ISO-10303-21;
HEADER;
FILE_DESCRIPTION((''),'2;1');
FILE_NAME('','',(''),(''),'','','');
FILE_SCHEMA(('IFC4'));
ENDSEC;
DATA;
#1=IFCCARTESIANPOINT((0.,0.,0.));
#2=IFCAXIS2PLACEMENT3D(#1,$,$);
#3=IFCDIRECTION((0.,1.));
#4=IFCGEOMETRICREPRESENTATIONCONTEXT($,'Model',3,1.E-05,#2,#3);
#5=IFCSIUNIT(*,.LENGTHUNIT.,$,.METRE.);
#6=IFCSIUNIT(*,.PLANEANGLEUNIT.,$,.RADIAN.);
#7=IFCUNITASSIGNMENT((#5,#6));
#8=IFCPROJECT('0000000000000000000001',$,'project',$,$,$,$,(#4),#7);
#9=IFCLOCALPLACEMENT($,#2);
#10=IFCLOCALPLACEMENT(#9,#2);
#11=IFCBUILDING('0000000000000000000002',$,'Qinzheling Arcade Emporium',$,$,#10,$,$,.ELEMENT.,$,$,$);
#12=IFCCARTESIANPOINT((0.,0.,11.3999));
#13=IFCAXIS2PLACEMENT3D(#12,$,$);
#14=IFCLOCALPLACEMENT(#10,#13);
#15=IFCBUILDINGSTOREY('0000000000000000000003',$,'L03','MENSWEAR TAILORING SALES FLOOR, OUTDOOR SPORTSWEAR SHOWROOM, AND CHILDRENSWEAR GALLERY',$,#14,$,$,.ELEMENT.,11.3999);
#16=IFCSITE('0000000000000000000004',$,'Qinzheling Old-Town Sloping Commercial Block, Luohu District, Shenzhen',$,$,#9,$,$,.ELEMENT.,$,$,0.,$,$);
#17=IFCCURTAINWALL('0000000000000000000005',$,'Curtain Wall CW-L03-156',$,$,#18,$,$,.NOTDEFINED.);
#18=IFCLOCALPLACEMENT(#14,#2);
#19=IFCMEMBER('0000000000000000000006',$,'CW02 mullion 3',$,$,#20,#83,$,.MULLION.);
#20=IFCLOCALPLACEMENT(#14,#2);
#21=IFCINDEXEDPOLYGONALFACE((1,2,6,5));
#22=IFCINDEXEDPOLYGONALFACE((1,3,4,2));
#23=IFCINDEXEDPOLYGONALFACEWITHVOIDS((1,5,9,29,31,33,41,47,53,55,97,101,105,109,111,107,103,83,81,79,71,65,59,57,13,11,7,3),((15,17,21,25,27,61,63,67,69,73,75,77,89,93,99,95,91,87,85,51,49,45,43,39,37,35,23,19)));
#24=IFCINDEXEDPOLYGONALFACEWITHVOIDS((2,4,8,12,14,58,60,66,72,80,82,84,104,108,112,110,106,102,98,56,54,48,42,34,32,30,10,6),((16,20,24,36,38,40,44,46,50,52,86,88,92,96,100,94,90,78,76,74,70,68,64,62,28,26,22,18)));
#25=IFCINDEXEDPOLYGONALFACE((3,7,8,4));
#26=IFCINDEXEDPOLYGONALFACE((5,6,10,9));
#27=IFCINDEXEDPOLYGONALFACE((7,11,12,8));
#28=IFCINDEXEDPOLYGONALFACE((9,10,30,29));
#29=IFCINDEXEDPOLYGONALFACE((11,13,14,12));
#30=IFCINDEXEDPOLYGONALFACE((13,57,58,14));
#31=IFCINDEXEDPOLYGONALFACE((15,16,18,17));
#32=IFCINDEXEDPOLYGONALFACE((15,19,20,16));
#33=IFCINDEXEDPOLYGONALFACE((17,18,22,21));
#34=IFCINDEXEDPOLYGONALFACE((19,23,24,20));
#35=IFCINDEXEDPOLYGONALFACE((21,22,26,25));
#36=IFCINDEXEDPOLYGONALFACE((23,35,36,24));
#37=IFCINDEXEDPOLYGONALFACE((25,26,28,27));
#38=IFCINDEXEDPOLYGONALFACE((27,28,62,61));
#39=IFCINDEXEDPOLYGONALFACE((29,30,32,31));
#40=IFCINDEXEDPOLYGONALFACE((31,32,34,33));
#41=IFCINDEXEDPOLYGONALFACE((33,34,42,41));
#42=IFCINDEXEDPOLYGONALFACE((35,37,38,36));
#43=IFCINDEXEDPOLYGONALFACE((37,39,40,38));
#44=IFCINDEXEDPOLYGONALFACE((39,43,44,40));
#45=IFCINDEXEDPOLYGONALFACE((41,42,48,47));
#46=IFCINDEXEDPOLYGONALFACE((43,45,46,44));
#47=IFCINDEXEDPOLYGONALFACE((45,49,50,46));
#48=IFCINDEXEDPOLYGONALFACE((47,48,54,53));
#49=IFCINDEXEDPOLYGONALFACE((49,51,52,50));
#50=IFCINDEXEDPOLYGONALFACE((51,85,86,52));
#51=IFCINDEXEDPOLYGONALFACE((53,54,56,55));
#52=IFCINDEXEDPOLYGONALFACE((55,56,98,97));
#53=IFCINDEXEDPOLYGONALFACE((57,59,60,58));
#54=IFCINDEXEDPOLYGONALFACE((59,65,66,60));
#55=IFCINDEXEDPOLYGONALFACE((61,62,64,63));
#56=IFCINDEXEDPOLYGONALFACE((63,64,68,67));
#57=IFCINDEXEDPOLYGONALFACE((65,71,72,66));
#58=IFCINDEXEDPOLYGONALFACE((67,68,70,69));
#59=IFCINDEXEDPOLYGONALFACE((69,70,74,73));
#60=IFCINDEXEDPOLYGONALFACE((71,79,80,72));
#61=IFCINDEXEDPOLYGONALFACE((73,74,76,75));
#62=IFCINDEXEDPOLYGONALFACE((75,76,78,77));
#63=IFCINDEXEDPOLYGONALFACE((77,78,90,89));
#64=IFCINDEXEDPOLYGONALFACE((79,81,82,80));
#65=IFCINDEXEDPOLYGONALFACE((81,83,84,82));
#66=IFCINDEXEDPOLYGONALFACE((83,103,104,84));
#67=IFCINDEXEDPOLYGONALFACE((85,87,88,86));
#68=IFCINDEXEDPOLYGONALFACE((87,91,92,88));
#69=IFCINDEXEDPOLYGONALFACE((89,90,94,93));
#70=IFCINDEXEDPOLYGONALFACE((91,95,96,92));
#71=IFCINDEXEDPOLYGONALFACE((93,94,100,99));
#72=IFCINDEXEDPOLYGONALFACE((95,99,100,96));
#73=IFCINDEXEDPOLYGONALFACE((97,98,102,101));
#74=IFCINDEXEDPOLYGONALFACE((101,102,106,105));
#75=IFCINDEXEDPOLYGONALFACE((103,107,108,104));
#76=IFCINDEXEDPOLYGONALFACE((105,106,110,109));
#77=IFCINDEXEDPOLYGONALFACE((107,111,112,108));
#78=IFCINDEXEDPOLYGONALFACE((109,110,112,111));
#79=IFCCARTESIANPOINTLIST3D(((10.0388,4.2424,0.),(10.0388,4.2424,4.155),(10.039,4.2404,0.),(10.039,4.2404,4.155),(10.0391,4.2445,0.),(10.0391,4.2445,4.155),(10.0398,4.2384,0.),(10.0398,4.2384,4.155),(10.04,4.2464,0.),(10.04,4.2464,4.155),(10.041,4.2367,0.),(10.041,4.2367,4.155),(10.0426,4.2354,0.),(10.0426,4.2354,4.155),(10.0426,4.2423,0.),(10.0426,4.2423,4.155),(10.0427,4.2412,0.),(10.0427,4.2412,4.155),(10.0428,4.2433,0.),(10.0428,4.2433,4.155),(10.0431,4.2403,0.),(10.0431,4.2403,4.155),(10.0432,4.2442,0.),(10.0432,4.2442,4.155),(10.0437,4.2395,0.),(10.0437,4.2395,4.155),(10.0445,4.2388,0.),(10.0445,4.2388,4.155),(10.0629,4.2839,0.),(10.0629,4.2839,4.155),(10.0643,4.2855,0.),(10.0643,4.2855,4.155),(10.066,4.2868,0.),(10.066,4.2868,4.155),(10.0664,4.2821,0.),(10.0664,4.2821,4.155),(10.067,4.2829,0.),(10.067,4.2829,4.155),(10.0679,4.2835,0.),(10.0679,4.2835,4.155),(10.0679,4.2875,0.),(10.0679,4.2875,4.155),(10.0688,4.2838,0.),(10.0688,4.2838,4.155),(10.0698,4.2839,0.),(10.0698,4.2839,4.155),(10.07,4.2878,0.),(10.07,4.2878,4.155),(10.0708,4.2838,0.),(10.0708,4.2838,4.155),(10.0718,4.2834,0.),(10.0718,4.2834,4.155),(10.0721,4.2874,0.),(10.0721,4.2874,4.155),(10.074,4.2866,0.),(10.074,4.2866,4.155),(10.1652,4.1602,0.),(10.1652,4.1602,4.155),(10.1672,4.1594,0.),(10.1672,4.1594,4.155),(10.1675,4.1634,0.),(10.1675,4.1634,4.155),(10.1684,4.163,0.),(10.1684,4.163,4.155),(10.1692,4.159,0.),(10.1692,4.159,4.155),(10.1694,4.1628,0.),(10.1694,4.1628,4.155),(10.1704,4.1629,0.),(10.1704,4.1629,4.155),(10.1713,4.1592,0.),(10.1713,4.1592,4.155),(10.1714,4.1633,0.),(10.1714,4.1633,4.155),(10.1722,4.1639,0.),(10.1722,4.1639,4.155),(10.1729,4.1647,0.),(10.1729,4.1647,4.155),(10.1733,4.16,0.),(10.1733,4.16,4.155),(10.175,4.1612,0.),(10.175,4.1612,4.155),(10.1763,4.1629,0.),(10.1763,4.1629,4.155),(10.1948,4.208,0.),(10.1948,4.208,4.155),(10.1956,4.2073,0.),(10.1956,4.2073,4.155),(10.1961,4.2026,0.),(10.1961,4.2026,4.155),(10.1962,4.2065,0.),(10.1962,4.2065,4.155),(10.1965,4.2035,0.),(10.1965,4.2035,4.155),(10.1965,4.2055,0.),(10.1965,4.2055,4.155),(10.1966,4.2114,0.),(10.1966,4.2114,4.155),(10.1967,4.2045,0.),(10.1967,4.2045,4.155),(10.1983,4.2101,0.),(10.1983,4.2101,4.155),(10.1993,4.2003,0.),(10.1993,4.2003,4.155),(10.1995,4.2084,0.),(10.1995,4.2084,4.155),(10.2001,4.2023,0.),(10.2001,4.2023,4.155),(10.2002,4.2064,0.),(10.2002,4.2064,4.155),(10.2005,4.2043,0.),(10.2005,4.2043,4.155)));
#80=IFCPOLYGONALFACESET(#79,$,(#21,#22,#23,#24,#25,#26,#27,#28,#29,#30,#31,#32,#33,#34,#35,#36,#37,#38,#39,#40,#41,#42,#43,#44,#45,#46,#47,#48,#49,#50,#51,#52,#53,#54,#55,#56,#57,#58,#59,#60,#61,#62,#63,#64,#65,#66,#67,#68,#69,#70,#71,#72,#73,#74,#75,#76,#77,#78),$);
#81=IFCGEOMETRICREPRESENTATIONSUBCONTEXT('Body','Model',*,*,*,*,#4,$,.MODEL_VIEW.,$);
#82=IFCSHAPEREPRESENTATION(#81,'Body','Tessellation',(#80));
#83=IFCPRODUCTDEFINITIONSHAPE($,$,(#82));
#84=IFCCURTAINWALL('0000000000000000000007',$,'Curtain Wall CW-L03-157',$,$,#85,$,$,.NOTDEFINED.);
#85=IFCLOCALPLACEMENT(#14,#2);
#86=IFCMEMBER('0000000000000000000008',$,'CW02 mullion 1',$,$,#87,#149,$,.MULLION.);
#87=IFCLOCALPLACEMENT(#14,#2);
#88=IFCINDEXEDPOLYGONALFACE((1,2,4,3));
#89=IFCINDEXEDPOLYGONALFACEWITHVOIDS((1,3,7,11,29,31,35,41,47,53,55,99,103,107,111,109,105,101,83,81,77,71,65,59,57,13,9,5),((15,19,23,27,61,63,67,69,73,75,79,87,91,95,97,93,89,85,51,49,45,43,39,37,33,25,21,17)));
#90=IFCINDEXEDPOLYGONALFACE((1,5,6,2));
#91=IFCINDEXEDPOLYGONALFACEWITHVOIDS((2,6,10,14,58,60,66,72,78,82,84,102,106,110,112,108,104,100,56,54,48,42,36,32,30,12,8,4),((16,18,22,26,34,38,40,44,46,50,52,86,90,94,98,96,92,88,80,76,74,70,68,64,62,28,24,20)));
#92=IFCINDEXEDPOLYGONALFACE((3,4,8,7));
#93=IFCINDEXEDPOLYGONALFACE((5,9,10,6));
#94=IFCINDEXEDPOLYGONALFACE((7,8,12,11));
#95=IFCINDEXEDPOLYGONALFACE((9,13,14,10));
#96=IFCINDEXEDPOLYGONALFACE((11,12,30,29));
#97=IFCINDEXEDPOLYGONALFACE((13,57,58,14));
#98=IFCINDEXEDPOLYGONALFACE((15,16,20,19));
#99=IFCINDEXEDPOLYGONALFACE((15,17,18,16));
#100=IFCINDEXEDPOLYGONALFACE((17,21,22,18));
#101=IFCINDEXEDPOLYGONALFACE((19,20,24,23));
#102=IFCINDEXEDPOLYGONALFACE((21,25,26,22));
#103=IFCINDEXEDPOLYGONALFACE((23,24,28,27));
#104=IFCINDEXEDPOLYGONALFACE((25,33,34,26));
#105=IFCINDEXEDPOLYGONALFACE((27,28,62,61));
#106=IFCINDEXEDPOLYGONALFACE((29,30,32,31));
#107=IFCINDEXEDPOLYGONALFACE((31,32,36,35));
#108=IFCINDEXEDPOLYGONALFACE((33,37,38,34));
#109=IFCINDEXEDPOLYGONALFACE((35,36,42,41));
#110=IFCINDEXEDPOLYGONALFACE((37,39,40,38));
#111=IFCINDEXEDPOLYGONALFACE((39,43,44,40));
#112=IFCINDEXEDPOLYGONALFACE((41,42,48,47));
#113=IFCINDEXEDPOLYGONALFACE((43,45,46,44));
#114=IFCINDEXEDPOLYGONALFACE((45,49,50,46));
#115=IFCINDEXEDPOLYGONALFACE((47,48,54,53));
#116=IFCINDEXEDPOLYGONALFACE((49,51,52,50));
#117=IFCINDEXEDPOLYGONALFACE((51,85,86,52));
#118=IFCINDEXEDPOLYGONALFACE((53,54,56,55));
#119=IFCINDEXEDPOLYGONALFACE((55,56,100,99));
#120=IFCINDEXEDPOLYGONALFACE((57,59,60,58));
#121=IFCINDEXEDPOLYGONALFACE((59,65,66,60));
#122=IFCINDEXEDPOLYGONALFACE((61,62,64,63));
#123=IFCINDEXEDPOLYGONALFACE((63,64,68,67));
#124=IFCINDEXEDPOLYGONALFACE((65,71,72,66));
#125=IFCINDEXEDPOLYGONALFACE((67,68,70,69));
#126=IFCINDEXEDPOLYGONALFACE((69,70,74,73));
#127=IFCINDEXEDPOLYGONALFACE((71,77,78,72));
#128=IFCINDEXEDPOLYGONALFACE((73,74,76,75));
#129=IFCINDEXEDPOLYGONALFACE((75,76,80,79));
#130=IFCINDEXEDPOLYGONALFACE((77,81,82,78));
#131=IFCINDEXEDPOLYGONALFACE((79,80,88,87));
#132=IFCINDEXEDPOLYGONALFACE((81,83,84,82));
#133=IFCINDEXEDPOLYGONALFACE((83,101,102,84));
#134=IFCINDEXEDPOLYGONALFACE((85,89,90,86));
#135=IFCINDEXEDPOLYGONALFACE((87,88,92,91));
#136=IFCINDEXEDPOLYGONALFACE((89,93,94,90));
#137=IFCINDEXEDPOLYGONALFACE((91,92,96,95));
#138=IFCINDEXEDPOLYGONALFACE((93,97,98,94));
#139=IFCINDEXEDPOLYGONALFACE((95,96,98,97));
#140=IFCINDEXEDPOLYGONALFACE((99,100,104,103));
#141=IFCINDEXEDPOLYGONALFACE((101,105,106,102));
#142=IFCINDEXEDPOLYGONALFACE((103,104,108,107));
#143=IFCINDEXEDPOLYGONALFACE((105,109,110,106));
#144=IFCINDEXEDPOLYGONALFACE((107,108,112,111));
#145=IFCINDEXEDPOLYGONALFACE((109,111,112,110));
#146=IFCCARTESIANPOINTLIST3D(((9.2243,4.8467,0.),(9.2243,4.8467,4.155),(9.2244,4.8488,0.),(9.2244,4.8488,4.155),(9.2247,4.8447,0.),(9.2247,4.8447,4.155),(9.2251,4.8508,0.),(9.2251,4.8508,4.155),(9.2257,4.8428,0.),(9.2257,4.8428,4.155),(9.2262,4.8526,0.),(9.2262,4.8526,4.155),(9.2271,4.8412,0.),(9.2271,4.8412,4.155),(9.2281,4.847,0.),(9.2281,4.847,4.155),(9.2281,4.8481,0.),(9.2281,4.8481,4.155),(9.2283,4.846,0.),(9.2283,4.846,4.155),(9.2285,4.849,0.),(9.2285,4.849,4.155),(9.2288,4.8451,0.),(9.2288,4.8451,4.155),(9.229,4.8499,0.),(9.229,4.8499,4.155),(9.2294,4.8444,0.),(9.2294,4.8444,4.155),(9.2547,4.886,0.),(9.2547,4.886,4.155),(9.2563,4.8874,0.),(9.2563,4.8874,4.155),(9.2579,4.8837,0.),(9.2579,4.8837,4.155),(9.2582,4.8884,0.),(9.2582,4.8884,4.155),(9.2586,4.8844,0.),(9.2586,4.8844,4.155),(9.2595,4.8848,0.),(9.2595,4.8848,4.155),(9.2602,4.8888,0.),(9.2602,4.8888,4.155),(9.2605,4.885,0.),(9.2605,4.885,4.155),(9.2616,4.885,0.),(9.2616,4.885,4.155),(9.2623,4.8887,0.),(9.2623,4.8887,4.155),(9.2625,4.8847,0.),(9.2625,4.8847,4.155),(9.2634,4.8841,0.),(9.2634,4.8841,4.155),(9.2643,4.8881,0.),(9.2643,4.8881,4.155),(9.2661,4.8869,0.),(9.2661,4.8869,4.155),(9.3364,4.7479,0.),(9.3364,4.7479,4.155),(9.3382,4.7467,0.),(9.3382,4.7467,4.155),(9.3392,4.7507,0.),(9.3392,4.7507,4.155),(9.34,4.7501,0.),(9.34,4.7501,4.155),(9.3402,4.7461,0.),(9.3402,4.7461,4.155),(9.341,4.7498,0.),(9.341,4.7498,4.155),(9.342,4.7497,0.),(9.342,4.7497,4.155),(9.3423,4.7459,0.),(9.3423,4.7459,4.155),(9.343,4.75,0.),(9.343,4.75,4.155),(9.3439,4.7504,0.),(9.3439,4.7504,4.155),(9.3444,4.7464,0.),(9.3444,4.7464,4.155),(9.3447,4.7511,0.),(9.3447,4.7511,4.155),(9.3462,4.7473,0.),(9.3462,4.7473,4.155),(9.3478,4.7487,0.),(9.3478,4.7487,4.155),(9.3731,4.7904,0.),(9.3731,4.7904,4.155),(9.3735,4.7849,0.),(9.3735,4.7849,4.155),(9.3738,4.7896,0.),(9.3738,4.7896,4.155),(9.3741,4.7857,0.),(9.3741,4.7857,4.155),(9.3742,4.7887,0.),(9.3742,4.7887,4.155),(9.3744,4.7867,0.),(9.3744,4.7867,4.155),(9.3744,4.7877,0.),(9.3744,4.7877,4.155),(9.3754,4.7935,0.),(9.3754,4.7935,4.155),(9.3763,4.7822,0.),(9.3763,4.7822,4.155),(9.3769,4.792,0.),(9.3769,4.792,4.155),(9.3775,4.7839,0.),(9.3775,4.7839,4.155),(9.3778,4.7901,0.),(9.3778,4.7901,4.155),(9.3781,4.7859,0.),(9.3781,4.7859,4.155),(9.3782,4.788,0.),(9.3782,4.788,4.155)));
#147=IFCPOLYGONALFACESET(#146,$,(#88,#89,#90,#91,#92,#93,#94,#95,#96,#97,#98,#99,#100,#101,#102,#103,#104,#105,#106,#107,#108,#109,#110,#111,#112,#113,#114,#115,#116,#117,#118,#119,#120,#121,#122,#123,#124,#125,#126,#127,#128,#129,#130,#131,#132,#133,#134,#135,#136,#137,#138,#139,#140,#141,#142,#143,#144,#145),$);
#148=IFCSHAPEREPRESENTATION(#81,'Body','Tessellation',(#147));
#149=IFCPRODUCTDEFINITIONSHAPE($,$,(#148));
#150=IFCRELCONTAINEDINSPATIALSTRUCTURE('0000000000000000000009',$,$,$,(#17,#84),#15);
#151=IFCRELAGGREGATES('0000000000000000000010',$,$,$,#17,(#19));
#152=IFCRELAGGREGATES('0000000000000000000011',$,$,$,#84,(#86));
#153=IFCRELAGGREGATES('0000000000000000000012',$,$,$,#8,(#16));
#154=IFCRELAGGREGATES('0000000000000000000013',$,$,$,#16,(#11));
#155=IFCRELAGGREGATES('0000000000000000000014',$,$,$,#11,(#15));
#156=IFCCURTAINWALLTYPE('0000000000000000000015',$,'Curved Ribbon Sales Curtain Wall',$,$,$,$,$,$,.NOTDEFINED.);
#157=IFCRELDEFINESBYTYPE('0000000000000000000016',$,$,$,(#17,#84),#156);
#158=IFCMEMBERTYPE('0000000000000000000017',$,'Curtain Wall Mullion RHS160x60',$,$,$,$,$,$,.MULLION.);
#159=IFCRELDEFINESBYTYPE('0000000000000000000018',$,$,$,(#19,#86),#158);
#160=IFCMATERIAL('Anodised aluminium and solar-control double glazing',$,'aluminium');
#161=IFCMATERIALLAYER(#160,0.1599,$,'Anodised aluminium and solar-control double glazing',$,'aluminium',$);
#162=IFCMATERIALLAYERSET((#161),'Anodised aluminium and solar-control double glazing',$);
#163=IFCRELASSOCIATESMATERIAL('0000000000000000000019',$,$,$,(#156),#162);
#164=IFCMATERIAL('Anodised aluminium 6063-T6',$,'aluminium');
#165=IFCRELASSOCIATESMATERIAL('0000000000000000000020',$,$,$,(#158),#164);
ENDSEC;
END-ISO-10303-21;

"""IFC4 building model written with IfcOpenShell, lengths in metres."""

from ifc_helpers import new_model, si_unit, direction, frame, origin, origin_2d, place, context, subcontext, project, spatial, hollow_rectangle, extrude, material, layer, layer_set, material_profile, profile_set, type_object, element, aggregate, save


model = new_model("IFC4")

# Units and contexts
model_context = context("Model", 3, precision=1e-05, world=origin(), true_north=direction((0.0, 1.0)))
body_context = subcontext(model_context, "Body", "Model", "MODEL_VIEW")
ifc_project = project(units=[si_unit("LENGTHUNIT", "METRE"), si_unit("PLANEANGLEUNIT", "RADIAN")], contexts=[model_context])

# Site, building, storey
site_placement = place(None, origin())
site = spatial("IfcSite", under=ifc_project, at=site_placement, Name="Qinzheling Old-Town Sloping Commercial Block, Luohu District, Shenzhen", CompositionType="ELEMENT", RefElevation=0.0)
building_placement = place(site_placement, origin())
building = spatial("IfcBuilding", under=site, at=building_placement, Name="Qinzheling Arcade Emporium", CompositionType="ELEMENT")
storey_placement = place(building_placement, frame((0.0, 0.0, 11.3999)))
storey = spatial("IfcBuildingStorey", under=building, at=storey_placement, Name="L03", Description="MENSWEAR TAILORING SALES FLOOR, OUTDOOR SPORTSWEAR SHOWROOM, AND CHILDRENSWEAR GALLERY", CompositionType="ELEMENT", Elevation=11.3999)

# Curtain walls, members
ifc_material_1 = material(Name="Anodised aluminium and solar-control double glazing", Category="aluminium")
ifc_layer_1 = layer(ifc_material_1, 0.1599, Name="Anodised aluminium and solar-control double glazing", Category="aluminium")
ifc_layer_set_1 = layer_set([ifc_layer_1], Name="Anodised aluminium and solar-control double glazing")
curtain_wall_type = type_object("IfcCurtainWallType", Name="Curved Ribbon Sales Curtain Wall", PredefinedType="NOTDEFINED", material=ifc_layer_set_1)
curtain_wall_1_placement = place(storey_placement, origin())
curtain_wall_1 = element("IfcCurtainWall", 1, at=curtain_wall_1_placement, inside=storey, type_object=curtain_wall_type, Name="Curtain Wall CW-L03-156", PredefinedType="NOTDEFINED")
ifc_material_2 = material(Name="Anodised aluminium 6063-T6", Category="aluminium")
ifc_material_profile_1 = material_profile(ifc_material_2, hollow_rectangle(XDim=0.0601, YDim=0.1599, WallThickness=0.0039, InnerFilletRadius=0.0039, OuterFilletRadius=0.0081, at=origin_2d()), Name="RHS 160x60x4", Category="aluminium")
ifc_profile_set_1 = profile_set([ifc_material_profile_1], Name="Anodised aluminium 6063-T6")
member_type_1 = type_object("IfcMemberType", Name="Curtain Wall Mullion RHS160x60", PredefinedType="MULLION", material=ifc_profile_set_1)
member_1_placement = place(storey_placement, frame((10.1196, 4.2234, 0.0), z_axis=(0.0, 0.0, 1.0), x_axis=(-0.522672, -0.852534, 0.0)))
member_1 = element("IfcMember", 2, at=member_1_placement, type_object=member_type_1, Name="CW02 mullion 3", PredefinedType="MULLION", context=body_context, shape_type="SweptSolid", body=[
    extrude(hollow_rectangle(XDim=0.0601, YDim=0.1599, WallThickness=0.0039, InnerFilletRadius=0.0039, OuterFilletRadius=0.0081, at=origin_2d()), origin(), (0.0, 0.0, 1.0), 4.155),
])
curtain_wall_2_placement = place(storey_placement, origin())
curtain_wall_2 = element("IfcCurtainWall", 3, at=curtain_wall_2_placement, inside=storey, type_object=curtain_wall_type, Name="Curtain Wall CW-L03-157", PredefinedType="NOTDEFINED")
member_2_placement = place(storey_placement, frame((9.3013, 4.8174, 0.0), z_axis=(0.0, 0.0, 1.0), x_axis=(-0.649482, -0.760377, 0.0)))
member_2 = element("IfcMember", 4, at=member_2_placement, type_object=member_type_1, Name="CW02 mullion 1", PredefinedType="MULLION", context=body_context, shape_type="SweptSolid", body=[
    extrude(hollow_rectangle(XDim=0.0601, YDim=0.1599, WallThickness=0.0039, InnerFilletRadius=0.0039, OuterFilletRadius=0.0081, at=origin_2d()), origin(), (0.0, 0.0, 1.0), 4.155),
])

aggregate(curtain_wall_1, [member_1])
aggregate(curtain_wall_2, [member_2])

save(model, "model.ifc")
